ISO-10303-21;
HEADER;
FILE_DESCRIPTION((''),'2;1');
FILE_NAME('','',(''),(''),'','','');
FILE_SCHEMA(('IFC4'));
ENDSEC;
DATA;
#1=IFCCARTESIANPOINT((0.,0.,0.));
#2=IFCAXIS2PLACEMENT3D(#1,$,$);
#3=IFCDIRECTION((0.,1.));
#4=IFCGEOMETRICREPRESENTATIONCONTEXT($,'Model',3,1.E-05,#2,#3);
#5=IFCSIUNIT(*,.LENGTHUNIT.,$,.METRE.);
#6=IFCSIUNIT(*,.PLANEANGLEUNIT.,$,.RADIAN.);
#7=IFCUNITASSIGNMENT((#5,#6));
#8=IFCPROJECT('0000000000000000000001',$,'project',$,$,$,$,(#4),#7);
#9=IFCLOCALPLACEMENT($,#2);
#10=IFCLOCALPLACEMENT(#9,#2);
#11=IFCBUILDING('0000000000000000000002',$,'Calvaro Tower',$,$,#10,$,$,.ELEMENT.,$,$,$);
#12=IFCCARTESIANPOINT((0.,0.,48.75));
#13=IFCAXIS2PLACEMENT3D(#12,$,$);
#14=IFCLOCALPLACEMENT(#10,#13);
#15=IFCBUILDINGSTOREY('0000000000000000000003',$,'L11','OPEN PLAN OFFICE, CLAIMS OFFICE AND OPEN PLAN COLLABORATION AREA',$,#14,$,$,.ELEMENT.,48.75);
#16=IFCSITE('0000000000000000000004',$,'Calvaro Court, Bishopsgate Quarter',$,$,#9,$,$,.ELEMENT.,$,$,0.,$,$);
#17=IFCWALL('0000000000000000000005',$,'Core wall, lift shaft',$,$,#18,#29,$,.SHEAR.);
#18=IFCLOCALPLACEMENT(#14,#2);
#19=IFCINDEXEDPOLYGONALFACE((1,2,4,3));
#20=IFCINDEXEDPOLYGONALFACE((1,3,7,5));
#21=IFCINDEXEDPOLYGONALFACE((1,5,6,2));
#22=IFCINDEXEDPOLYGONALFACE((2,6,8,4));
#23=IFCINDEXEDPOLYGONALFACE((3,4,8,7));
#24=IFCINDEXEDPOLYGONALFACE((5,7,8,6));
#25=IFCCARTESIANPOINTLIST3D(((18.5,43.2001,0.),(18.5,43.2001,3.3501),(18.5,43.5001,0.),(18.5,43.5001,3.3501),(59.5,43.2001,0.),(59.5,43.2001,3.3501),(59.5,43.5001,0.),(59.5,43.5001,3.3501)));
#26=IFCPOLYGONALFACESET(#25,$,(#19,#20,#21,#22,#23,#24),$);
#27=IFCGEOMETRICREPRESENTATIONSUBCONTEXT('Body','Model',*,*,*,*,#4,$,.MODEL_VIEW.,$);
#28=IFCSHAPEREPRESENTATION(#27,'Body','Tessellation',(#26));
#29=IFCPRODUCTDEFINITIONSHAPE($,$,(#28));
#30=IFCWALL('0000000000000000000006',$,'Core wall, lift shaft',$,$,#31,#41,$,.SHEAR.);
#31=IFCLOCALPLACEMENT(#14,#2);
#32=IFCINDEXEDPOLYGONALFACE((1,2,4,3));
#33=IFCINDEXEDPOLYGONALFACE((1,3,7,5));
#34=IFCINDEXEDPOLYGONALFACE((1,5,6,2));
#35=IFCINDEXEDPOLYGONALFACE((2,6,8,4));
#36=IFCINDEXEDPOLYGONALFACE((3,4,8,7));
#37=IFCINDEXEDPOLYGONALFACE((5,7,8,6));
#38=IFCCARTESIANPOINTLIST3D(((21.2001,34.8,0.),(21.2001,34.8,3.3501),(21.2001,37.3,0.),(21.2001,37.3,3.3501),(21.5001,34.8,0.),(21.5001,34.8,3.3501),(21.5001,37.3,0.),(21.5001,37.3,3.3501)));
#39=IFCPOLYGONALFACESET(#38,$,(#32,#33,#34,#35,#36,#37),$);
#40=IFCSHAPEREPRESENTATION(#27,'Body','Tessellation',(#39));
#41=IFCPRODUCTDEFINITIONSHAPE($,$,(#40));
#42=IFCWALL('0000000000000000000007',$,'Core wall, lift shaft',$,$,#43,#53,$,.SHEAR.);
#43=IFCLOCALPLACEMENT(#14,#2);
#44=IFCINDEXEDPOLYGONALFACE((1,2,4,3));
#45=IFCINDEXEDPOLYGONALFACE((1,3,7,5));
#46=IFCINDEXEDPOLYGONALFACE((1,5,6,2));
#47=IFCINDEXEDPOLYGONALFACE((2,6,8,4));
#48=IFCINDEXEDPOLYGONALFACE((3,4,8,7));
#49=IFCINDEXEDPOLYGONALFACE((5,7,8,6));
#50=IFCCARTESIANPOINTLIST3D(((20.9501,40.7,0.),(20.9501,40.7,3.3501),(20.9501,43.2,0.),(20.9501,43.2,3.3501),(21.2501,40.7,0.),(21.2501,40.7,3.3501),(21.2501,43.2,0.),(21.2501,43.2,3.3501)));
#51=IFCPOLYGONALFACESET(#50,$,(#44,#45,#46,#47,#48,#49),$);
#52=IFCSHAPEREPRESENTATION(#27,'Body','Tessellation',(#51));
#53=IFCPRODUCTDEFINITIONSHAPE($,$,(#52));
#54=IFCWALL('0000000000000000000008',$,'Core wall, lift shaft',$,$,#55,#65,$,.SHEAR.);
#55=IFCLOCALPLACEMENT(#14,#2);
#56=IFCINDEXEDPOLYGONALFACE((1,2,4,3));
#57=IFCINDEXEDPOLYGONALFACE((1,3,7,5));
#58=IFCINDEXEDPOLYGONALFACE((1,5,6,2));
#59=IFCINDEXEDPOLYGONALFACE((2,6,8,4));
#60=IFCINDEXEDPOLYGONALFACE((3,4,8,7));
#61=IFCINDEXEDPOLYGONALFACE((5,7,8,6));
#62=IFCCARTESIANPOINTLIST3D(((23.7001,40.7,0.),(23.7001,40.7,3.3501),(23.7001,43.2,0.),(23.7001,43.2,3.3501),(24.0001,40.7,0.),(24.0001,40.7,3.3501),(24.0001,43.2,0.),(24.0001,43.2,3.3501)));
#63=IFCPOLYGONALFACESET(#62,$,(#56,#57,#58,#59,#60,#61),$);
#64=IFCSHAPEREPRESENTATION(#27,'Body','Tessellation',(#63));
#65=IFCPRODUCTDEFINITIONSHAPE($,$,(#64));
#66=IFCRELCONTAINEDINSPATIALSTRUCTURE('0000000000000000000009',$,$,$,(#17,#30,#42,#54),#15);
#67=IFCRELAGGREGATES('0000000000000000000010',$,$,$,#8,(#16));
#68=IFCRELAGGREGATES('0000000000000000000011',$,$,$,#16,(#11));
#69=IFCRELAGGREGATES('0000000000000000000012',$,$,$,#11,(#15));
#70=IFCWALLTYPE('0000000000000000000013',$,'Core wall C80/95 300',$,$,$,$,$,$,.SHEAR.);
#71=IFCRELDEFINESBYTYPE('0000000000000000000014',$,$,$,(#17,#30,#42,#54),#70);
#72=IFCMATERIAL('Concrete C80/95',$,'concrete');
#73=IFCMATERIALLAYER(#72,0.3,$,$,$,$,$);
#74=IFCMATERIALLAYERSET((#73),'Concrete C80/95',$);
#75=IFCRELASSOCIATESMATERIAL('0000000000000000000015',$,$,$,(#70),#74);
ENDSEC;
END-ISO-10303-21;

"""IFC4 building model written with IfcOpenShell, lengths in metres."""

from ifc_helpers import new_model, si_unit, direction, frame, frame_2d, origin, place, context, subcontext, project, spatial, rectangle, extrude, material, layer, layer_set, type_object, element, save


model = new_model("IFC4")

# Units and contexts
model_context = context("Model", 3, precision=1e-05, world=origin(), true_north=direction((0.0, 1.0)))
body_context = subcontext(model_context, "Body", "Model", "MODEL_VIEW")
ifc_project = project(units=[si_unit("LENGTHUNIT", "METRE"), si_unit("PLANEANGLEUNIT", "RADIAN")], contexts=[model_context])

# Site, building, storey
site_placement = place(None, origin())
site = spatial("IfcSite", under=ifc_project, at=site_placement, Name="Calvaro Court, Bishopsgate Quarter", CompositionType="ELEMENT", RefElevation=0.0)
building_placement = place(site_placement, origin())
building = spatial("IfcBuilding", under=site, at=building_placement, Name="Calvaro Tower", CompositionType="ELEMENT")
storey_placement = place(building_placement, frame((0.0, 0.0, 48.75)))
storey = spatial("IfcBuildingStorey", under=building, at=storey_placement, Name="L11", Description="OPEN PLAN OFFICE, CLAIMS OFFICE AND OPEN PLAN COLLABORATION AREA", CompositionType="ELEMENT", Elevation=48.75)

# Shared definitions
ifc_material_1 = material(Name="Concrete C80/95", Category="concrete")
ifc_layer_1 = layer(ifc_material_1, 0.3)
ifc_layer_set_1 = layer_set([ifc_layer_1], Name="Concrete C80/95")
wall_type_1 = type_object("IfcWallType", Name="Core wall C80/95 300", PredefinedType="SHEAR", material=ifc_layer_set_1)

# Walls
wall_1_placement = place(storey_placement, frame((18.5, 43.3501, 0.0), z_axis=(0.0, 0.0, 1.0), x_axis=(1.0, 0.0, 0.0)))
element("IfcWall", 1, at=wall_1_placement, inside=storey, type_object=wall_type_1, Name="Core wall, lift shaft", PredefinedType="SHEAR", context=body_context, shape_type="SweptSolid", body=[
    extrude(rectangle(XDim=41.0, YDim=0.3, at=frame_2d((20.5, 0.0))), origin(), (0.0, 0.0, 1.0), 3.3501),
])
for number, where, z_axis, x_axis, name in (
    (2, (21.3501, 34.8, 0.0), (0.0, 0.0, 1.0), (0.0, 1.0, 0.0), "Core wall, lift shaft"),
    (3, (21.1001, 40.7, 0.0), (0.0, 0.0, 1.0), (0.0, 1.0, 0.0), "Core wall, lift shaft"),
    (4, (23.8501, 40.7, 0.0), (0.0, 0.0, 1.0), (0.0, 1.0, 0.0), "Core wall, lift shaft"),
):
    element("IfcWall", number, at=place(storey_placement, frame(where, z_axis=z_axis, x_axis=x_axis)), inside=storey, type_object=wall_type_1, Name=name, PredefinedType="SHEAR", context=body_context, shape_type="SweptSolid", body=[
        extrude(rectangle(XDim=2.5, YDim=0.3, at=frame_2d((1.25, 0.0))), origin(), (0.0, 0.0, 1.0), 3.3501),
    ])

save(model, "model.ifc")
